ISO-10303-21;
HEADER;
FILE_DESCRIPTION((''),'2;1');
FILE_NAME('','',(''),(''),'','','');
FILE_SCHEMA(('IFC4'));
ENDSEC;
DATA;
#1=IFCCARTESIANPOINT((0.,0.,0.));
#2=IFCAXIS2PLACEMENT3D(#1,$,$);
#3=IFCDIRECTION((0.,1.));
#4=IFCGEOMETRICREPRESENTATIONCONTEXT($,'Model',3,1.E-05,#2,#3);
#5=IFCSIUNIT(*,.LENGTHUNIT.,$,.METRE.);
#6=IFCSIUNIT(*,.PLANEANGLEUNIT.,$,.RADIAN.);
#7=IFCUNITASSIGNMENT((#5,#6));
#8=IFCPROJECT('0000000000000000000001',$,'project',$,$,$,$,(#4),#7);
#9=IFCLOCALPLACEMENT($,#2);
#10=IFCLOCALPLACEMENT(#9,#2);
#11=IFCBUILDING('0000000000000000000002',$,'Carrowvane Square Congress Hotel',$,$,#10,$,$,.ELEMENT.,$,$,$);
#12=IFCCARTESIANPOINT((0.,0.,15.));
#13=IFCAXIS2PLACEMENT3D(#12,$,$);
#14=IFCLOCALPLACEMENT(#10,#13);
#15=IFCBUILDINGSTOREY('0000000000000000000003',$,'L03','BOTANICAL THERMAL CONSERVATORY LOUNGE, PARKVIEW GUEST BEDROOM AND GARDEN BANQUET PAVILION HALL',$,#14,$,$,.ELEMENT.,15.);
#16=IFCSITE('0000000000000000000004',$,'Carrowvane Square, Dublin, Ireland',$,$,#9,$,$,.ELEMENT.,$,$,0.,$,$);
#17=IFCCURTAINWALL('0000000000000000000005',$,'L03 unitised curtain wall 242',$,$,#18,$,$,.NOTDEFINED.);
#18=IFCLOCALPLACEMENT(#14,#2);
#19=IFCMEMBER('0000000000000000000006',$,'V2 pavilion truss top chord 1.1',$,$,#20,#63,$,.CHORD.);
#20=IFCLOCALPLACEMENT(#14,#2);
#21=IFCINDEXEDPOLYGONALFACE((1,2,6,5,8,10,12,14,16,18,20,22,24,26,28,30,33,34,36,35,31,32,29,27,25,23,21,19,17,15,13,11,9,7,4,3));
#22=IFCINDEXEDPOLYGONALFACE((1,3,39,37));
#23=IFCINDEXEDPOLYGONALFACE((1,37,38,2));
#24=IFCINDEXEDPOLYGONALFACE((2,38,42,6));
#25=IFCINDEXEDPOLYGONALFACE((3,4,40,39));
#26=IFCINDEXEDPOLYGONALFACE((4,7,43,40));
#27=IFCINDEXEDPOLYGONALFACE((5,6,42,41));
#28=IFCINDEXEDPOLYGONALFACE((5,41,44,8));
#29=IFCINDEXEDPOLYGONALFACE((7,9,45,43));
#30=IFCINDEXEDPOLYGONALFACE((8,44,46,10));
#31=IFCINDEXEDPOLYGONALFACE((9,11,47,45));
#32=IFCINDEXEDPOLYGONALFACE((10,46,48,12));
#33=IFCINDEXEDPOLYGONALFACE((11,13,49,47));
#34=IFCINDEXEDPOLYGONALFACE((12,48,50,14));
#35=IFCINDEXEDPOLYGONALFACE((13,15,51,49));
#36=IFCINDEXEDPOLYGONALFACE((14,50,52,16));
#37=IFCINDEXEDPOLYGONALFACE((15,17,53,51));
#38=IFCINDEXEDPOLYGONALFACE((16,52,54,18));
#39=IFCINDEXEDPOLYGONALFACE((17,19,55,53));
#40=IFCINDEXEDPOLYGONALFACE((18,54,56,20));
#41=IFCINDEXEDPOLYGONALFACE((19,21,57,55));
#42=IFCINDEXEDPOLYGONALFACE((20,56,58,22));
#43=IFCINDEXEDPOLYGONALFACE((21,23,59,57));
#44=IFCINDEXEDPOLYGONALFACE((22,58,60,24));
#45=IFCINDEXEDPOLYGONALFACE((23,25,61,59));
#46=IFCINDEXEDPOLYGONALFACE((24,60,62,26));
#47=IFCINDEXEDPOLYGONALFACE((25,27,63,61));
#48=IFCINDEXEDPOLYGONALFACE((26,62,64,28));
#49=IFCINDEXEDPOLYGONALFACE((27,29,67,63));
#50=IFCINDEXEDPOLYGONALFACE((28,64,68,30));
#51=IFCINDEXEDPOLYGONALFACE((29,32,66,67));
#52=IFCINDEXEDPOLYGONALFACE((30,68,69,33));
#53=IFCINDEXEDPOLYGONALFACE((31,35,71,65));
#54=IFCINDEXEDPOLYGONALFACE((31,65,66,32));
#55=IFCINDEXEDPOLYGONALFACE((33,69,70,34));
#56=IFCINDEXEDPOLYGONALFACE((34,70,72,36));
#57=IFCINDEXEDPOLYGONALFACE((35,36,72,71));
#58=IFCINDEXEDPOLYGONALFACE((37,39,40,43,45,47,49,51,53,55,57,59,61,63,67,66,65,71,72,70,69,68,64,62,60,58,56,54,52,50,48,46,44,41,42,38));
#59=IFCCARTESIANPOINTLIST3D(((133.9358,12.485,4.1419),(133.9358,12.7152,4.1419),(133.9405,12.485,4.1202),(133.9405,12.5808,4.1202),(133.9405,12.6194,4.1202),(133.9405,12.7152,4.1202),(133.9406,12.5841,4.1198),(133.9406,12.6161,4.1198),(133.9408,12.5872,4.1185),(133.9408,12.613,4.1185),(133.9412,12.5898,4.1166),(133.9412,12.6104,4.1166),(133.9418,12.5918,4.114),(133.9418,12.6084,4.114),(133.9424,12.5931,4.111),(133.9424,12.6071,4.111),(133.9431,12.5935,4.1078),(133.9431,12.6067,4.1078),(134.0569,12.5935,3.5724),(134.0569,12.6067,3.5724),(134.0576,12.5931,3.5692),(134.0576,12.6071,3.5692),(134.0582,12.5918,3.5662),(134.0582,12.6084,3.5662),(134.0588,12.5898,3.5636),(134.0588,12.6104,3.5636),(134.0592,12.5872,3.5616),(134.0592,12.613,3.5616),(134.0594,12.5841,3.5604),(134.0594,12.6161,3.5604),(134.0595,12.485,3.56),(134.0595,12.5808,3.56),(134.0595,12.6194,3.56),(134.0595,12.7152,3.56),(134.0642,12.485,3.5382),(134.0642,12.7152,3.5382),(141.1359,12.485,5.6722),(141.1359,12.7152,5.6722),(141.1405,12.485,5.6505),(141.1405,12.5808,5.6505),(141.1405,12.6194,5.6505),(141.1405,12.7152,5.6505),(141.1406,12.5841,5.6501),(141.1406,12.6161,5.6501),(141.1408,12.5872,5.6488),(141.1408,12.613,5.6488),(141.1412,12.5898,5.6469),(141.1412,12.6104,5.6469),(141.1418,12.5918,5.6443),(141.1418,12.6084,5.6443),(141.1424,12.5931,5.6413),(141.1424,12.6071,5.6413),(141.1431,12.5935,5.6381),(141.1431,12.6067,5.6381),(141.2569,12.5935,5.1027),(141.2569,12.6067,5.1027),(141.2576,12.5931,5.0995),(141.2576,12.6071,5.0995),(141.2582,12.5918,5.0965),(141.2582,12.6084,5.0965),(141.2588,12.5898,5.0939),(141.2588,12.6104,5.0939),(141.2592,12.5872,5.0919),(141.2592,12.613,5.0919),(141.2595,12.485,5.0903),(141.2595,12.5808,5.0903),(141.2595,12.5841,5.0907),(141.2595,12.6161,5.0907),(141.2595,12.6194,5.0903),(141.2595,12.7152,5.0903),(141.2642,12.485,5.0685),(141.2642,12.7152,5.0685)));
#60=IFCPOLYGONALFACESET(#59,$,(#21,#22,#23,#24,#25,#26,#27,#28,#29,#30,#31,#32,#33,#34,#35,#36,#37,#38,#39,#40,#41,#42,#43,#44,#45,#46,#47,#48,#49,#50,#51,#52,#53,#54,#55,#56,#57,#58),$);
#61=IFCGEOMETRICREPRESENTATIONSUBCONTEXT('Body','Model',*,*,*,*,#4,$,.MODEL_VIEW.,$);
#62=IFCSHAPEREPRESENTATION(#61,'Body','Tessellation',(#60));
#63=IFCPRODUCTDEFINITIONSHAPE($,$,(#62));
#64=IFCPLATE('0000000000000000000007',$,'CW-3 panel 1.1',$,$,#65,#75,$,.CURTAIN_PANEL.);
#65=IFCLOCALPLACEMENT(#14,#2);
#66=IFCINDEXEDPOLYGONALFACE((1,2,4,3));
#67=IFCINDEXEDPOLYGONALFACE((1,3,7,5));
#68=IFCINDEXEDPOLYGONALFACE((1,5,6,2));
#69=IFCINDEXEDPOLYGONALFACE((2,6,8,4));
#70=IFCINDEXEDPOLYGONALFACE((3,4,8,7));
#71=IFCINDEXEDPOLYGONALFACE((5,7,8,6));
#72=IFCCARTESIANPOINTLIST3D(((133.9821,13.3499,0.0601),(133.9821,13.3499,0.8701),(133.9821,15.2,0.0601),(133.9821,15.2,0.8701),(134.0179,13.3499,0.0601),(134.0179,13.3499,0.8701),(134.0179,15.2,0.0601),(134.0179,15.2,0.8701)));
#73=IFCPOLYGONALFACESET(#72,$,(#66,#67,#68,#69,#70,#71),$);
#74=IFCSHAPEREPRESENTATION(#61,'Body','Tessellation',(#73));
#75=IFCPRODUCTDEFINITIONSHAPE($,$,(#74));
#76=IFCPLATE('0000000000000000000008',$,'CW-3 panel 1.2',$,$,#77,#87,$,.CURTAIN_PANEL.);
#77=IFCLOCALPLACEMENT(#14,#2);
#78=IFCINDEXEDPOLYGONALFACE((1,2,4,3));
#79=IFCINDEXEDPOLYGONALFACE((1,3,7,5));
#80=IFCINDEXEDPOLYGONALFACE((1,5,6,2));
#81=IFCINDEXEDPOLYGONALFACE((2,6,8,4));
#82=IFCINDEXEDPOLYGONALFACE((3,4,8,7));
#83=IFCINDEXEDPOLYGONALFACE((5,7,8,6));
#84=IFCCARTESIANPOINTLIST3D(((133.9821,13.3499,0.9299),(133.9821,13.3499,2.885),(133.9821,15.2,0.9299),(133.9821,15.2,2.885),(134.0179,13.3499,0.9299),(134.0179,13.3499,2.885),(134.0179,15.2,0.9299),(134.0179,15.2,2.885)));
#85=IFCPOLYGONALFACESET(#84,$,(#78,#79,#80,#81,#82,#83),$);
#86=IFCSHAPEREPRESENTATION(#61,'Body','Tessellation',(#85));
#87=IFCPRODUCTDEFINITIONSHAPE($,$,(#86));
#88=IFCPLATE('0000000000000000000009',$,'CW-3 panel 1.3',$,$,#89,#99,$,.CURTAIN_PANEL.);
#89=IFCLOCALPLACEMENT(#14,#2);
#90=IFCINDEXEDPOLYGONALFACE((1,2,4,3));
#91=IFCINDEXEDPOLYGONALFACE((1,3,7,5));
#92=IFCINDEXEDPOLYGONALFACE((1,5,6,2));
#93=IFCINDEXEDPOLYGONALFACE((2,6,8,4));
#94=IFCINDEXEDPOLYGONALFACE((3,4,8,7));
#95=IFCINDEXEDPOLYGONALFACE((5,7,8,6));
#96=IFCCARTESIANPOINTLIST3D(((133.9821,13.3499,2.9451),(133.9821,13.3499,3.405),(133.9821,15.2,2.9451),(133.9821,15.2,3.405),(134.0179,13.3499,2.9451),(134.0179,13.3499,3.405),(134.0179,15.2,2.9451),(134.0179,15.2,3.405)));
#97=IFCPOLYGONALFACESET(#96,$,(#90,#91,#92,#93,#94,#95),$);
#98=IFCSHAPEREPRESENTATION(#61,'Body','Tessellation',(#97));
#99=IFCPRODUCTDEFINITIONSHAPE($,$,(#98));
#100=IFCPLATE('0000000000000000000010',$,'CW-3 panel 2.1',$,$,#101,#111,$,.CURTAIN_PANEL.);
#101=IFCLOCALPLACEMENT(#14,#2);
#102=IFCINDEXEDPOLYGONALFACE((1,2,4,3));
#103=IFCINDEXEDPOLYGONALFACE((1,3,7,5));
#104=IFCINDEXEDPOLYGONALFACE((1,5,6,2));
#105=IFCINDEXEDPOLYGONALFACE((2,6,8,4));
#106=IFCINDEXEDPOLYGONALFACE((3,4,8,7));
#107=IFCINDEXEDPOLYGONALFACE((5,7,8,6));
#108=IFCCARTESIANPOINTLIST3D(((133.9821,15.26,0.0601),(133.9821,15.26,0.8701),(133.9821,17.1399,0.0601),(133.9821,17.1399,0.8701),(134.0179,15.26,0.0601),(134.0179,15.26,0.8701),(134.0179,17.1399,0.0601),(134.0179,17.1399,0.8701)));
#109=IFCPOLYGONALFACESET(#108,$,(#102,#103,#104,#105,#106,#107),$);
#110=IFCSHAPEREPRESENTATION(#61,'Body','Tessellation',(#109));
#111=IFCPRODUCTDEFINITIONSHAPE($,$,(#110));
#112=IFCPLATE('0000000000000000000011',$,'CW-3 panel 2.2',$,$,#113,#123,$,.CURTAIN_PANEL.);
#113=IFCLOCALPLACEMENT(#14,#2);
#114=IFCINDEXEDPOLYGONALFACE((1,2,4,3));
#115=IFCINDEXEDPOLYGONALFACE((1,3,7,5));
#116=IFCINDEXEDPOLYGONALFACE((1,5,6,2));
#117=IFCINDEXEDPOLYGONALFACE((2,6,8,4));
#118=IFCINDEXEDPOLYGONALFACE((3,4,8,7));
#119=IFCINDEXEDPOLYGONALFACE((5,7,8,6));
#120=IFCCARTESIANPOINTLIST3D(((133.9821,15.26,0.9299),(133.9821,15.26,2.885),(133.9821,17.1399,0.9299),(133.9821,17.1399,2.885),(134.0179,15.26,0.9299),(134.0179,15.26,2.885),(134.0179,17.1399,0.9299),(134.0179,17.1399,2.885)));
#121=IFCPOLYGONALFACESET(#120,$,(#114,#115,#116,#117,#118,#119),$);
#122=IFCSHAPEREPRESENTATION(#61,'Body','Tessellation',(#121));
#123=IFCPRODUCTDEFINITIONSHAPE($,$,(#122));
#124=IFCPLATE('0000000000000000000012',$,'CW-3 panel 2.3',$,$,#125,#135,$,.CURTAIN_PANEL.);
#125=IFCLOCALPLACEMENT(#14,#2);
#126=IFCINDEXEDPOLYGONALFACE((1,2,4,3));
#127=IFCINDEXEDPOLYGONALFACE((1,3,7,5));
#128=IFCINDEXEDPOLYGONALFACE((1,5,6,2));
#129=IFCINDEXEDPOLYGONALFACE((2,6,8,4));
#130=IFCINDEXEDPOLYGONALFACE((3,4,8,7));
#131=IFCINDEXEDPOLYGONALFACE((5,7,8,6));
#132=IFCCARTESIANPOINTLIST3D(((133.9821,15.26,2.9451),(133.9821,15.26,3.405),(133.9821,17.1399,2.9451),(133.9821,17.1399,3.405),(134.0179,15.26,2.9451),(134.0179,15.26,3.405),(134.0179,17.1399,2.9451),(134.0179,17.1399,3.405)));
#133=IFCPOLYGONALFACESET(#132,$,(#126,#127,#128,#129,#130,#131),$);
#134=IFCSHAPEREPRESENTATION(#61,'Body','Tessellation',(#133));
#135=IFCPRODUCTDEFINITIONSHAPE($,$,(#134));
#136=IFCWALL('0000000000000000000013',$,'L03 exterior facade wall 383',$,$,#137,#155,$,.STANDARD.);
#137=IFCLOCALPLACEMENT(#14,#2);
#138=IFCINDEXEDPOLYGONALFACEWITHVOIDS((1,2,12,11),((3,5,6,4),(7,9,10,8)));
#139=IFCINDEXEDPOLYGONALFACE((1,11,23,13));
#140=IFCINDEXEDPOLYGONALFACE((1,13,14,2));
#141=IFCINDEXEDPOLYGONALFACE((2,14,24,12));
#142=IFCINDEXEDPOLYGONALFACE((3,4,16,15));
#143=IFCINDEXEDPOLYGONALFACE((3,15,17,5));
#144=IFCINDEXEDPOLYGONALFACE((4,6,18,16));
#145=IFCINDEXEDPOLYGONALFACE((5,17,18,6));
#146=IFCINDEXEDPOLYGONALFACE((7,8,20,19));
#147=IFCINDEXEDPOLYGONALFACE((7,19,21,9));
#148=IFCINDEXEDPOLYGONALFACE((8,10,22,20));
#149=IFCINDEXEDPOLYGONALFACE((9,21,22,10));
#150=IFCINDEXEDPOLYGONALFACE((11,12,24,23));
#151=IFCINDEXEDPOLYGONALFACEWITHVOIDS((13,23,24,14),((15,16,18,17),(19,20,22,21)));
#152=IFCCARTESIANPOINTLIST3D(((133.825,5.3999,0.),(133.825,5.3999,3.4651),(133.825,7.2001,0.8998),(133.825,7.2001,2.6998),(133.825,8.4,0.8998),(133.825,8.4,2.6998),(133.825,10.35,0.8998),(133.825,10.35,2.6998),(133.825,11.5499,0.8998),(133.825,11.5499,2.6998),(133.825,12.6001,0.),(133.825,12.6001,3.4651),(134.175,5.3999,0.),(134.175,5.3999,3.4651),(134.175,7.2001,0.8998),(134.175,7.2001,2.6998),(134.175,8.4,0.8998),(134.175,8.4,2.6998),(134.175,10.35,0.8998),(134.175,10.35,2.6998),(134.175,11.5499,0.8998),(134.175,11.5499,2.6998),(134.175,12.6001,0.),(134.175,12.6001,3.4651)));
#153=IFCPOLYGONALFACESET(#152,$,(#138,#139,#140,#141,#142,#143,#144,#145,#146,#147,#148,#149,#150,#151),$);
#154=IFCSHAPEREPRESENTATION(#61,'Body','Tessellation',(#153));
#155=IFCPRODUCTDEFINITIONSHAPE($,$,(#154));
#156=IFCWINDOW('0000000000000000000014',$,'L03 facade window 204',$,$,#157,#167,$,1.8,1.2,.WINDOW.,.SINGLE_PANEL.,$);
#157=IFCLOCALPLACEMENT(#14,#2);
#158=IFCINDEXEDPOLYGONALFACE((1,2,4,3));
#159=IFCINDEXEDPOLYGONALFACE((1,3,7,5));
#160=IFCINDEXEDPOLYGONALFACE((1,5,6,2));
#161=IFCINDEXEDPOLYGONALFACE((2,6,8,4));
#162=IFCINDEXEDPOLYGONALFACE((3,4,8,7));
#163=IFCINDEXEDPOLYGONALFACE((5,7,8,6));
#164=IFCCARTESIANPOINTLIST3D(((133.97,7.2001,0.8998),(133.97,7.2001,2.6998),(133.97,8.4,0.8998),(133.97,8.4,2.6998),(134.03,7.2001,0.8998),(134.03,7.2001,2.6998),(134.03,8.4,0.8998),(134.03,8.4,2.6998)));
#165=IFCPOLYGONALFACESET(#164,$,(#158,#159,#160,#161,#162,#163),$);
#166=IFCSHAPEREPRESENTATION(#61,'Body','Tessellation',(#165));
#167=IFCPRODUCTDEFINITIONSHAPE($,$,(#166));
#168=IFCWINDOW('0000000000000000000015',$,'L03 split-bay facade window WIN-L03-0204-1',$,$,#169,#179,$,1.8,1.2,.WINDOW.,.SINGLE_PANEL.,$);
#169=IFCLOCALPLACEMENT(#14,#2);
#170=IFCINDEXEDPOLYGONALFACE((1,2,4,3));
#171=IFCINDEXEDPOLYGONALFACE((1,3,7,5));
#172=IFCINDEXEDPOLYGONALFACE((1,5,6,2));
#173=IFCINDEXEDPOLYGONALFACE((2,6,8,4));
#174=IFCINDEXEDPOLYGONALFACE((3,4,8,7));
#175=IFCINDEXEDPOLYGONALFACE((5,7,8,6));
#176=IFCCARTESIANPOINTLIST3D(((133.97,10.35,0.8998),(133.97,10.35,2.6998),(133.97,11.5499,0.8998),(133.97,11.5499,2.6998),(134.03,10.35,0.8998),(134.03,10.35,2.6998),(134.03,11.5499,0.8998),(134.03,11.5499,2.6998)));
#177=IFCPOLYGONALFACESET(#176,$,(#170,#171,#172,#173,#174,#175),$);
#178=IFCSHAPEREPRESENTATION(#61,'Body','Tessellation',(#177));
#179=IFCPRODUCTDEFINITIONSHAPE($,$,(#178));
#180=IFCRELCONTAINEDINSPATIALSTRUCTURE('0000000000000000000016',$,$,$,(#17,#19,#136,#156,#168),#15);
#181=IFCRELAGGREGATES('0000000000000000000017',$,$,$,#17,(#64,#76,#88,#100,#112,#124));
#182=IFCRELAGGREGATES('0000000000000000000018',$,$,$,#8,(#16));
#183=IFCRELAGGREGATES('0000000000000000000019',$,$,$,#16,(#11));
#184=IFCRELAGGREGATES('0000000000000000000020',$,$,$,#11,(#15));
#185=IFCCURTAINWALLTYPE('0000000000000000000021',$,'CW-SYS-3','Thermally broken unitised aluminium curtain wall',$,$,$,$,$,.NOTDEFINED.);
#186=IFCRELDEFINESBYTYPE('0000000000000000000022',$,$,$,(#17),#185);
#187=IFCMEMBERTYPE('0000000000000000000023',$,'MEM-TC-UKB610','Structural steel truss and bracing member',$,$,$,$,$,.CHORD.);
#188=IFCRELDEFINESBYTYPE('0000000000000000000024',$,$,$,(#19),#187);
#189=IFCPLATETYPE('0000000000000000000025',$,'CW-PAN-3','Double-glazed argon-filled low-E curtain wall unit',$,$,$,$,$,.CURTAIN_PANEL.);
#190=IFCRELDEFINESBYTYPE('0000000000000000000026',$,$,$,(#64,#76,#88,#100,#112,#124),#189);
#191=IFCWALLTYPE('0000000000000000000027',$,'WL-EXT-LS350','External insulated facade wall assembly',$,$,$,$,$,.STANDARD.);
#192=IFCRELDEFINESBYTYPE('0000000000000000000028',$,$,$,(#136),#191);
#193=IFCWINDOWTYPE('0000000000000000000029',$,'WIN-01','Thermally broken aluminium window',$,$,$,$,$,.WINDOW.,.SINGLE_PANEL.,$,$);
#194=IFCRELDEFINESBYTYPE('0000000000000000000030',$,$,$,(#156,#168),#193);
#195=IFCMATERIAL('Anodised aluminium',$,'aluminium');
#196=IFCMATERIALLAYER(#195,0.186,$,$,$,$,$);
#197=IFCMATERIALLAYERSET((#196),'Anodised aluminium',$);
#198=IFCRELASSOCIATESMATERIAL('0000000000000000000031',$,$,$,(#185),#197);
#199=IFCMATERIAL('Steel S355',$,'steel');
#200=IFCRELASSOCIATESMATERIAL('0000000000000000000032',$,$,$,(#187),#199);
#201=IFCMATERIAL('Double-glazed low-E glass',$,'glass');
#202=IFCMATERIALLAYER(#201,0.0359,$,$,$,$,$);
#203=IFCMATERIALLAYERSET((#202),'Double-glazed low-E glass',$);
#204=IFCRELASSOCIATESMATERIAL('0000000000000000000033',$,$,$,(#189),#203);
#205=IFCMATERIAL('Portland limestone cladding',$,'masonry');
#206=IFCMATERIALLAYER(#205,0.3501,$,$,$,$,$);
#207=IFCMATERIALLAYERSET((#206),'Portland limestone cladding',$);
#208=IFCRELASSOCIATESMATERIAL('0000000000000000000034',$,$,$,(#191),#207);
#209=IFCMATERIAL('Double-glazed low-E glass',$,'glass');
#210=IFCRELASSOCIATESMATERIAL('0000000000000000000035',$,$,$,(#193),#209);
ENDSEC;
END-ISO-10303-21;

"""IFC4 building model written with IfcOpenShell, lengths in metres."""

from ifc_helpers import new_model, si_unit, direction, frame, frame_2d, origin, origin_2d, place, context, subcontext, project, spatial, rectangle, i_section, extrude, material, layer, layer_set, material_profile, profile_set, type_object, element, fill, aggregate, save


model = new_model("IFC4")

# Units and contexts
model_context = context("Model", 3, precision=1e-05, world=origin(), true_north=direction((0.0, 1.0)))
body_context = subcontext(model_context, "Body", "Model", "MODEL_VIEW")
ifc_project = project(units=[si_unit("LENGTHUNIT", "METRE"), si_unit("PLANEANGLEUNIT", "RADIAN")], contexts=[model_context])

# Site, building, storey
site_placement = place(None, origin())
site = spatial("IfcSite", under=ifc_project, at=site_placement, Name="Carrowvane Square, Dublin, Ireland", CompositionType="ELEMENT", RefElevation=0.0)
building_placement = place(site_placement, origin())
building = spatial("IfcBuilding", under=site, at=building_placement, Name="Carrowvane Square Congress Hotel", CompositionType="ELEMENT")
storey_placement = place(building_placement, frame((0.0, 0.0, 15.0)))
storey = spatial("IfcBuildingStorey", under=building, at=storey_placement, Name="L03", Description="BOTANICAL THERMAL CONSERVATORY LOUNGE, PARKVIEW GUEST BEDROOM AND GARDEN BANQUET PAVILION HALL", CompositionType="ELEMENT", Elevation=15.0)

# Curtain wall
ifc_material_1 = material(Name="Anodised aluminium", Category="aluminium")
ifc_layer_1 = layer(ifc_material_1, 0.186)
ifc_layer_set_1 = layer_set([ifc_layer_1], Name="Anodised aluminium")
curtain_wall_type = type_object("IfcCurtainWallType", Name="CW-SYS-3", Description="Thermally broken unitised aluminium curtain wall", PredefinedType="NOTDEFINED", material=ifc_layer_set_1)
curtain_wall_placement = place(storey_placement, origin())
curtain_wall = element("IfcCurtainWall", 1, at=curtain_wall_placement, inside=storey, type_object=curtain_wall_type, Name="L03 unitised curtain wall 242", PredefinedType="NOTDEFINED")

# Member
ifc_material_2 = material(Name="Steel S355", Category="steel")
ifc_material_profile_1 = material_profile(ifc_material_2, i_section(OverallWidth=0.2302, OverallDepth=0.6172, WebThickness=0.0132, FlangeThickness=0.0222, FilletRadius=0.0127, at=origin_2d()), Name="UKB 610x229x140")
ifc_profile_set_1 = profile_set([ifc_material_profile_1], Name="Steel S355")
member_type_1 = type_object("IfcMemberType", Name="MEM-TC-UKB610", Description="Structural steel truss and bracing member", PredefinedType="CHORD", material=ifc_profile_set_1)
member_1_placement = place(storey_placement, frame((134.0, 12.6001, 3.8401), z_axis=(0.978151, 0.0, 0.207896), x_axis=(0.0, 1.0, 0.0)))
element("IfcMember", 2, at=member_1_placement, inside=storey, type_object=member_type_1, Name="V2 pavilion truss top chord 1.1", PredefinedType="CHORD", context=body_context, shape_type="SweptSolid", body=[
    extrude(i_section(OverallWidth=0.2302, OverallDepth=0.6172, WebThickness=0.0132, FlangeThickness=0.0222, FilletRadius=0.0127, at=origin_2d()), origin(), (0.0, 0.0, 1.0), 7.3608),
])

# Plates
ifc_material_3 = material(Name="Double-glazed low-E glass", Category="glass")
ifc_layer_2 = layer(ifc_material_3, 0.0359)
ifc_layer_set_2 = layer_set([ifc_layer_2], Name="Double-glazed low-E glass")
plate_type = type_object("IfcPlateType", Name="CW-PAN-3", Description="Double-glazed argon-filled low-E curtain wall unit", PredefinedType="CURTAIN_PANEL", material=ifc_layer_set_2)
plate_1_placement = place(storey_placement, frame((134.0, 14.2749, 0.0601), z_axis=(0.0, 0.0, 1.0), x_axis=(0.0, 1.0, 0.0)))
plate_1 = element("IfcPlate", 3, at=plate_1_placement, type_object=plate_type, Name="CW-3 panel 1.1", PredefinedType="CURTAIN_PANEL", context=body_context, shape_type="SweptSolid", body=[
    extrude(rectangle(XDim=1.8501, YDim=0.0359, at=origin_2d()), origin(), (0.0, 0.0, 1.0), 0.8101),
])
plate_2_placement = place(storey_placement, frame((134.0, 14.2749, 0.9299), z_axis=(0.0, 0.0, 1.0), x_axis=(0.0, 1.0, 0.0)))
plate_2 = element("IfcPlate", 4, at=plate_2_placement, type_object=plate_type, Name="CW-3 panel 1.2", PredefinedType="CURTAIN_PANEL", context=body_context, shape_type="SweptSolid", body=[
    extrude(rectangle(XDim=1.8501, YDim=0.0359, at=origin_2d()), origin(), (0.0, 0.0, 1.0), 1.9551),
])
plate_3_placement = place(storey_placement, frame((134.0, 14.2749, 2.9451), z_axis=(0.0, 0.0, 1.0), x_axis=(0.0, 1.0, 0.0)))
plate_3 = element("IfcPlate", 5, at=plate_3_placement, type_object=plate_type, Name="CW-3 panel 1.3", PredefinedType="CURTAIN_PANEL", context=body_context, shape_type="SweptSolid", body=[
    extrude(rectangle(XDim=1.8501, YDim=0.0359, at=origin_2d()), origin(), (0.0, 0.0, 1.0), 0.46),
])
plate_4_placement = place(storey_placement, frame((134.0, 16.2, 0.0601), z_axis=(0.0, 0.0, 1.0), x_axis=(0.0, 1.0, 0.0)))
plate_4 = element("IfcPlate", 6, at=plate_4_placement, type_object=plate_type, Name="CW-3 panel 2.1", PredefinedType="CURTAIN_PANEL", context=body_context, shape_type="SweptSolid", body=[
    extrude(rectangle(XDim=1.8799, YDim=0.0359, at=origin_2d()), origin(), (0.0, 0.0, 1.0), 0.8101),
])
plate_5_placement = place(storey_placement, frame((134.0, 16.2, 0.9299), z_axis=(0.0, 0.0, 1.0), x_axis=(0.0, 1.0, 0.0)))
plate_5 = element("IfcPlate", 7, at=plate_5_placement, type_object=plate_type, Name="CW-3 panel 2.2", PredefinedType="CURTAIN_PANEL", context=body_context, shape_type="SweptSolid", body=[
    extrude(rectangle(XDim=1.8799, YDim=0.0359, at=origin_2d()), origin(), (0.0, 0.0, 1.0), 1.9551),
])
plate_6_placement = place(storey_placement, frame((134.0, 16.2, 2.9451), z_axis=(0.0, 0.0, 1.0), x_axis=(0.0, 1.0, 0.0)))
plate_6 = element("IfcPlate", 8, at=plate_6_placement, type_object=plate_type, Name="CW-3 panel 2.3", PredefinedType="CURTAIN_PANEL", context=body_context, shape_type="SweptSolid", body=[
    extrude(rectangle(XDim=1.8799, YDim=0.0359, at=origin_2d()), origin(), (0.0, 0.0, 1.0), 0.46),
])
aggregate(curtain_wall, [plate_1, plate_2, plate_3, plate_4, plate_5, plate_6])

# Wall, openings, windows
ifc_material_4 = material(Name="Portland limestone cladding", Category="masonry")
ifc_layer_3 = layer(ifc_material_4, 0.3501)
ifc_layer_set_3 = layer_set([ifc_layer_3], Name="Portland limestone cladding")
wall_type = type_object("IfcWallType", Name="WL-EXT-LS350", Description="External insulated facade wall assembly", PredefinedType="STANDARD", material=ifc_layer_set_3)
wall_placement = place(storey_placement, frame((134.0, 5.3999, 0.0), z_axis=(0.0, 0.0, 1.0), x_axis=(0.0, 1.0, 0.0)))
wall = element("IfcWall", 9, at=wall_placement, inside=storey, type_object=wall_type, Name="L03 exterior facade wall 383", PredefinedType="STANDARD", context=body_context, shape_type="SweptSolid", body=[
    extrude(rectangle(XDim=7.2002, YDim=0.3501, at=frame_2d((3.6001, 0.0))), origin(), (0.0, 0.0, 1.0), 3.4651),
])
opening_1_placement = place(wall_placement, frame((1.8, 0.0, 0.8999)))
opening_1 = element("IfcOpeningElement", 10, at=opening_1_placement, cuts=wall, PredefinedType="OPENING", context=body_context, shape_type="SweptSolid", body=[
    extrude(rectangle(XDim=1.2, YDim=1.8, at=frame_2d((0.6001, 0.8999))), frame((0.0, 0.1851, 0.0), z_axis=(0.0, -1.0, 0.0), x_axis=(1.0, 0.0, 0.0)), (0.0, 0.0, 1.0), 0.3701),
])
opening_2_placement = place(wall_placement, frame((4.95, 0.0, 0.8999)))
opening_2 = element("IfcOpeningElement", 11, at=opening_2_placement, cuts=wall, PredefinedType="OPENING", context=body_context, shape_type="SweptSolid", body=[
    extrude(rectangle(XDim=1.2, YDim=1.8, at=frame_2d((0.6001, 0.8999))), frame((0.0, 0.1851, 0.0), z_axis=(0.0, -1.0, 0.0), x_axis=(1.0, 0.0, 0.0)), (0.0, 0.0, 1.0), 0.3701),
])
ifc_material_5 = material(Name="Double-glazed low-E glass", Category="glass")
window_type = type_object("IfcWindowType", Name="WIN-01", Description="Thermally broken aluminium window", PartitioningType="SINGLE_PANEL", PredefinedType="WINDOW", material=ifc_material_5)
window_1_placement = place(opening_1_placement, origin())
window_1 = element("IfcWindow", 12, at=window_1_placement, inside=storey, type_object=window_type, Name="L03 facade window 204", OverallHeight=1.8, OverallWidth=1.2, PartitioningType="SINGLE_PANEL", PredefinedType="WINDOW", context=body_context, shape_type="SweptSolid", body=[
    extrude(rectangle(XDim=1.2, YDim=1.8, at=frame_2d((0.6001, 0.8999))), frame((0.0, 0.03, 0.0), z_axis=(0.0, -1.0, 0.0), x_axis=(1.0, 0.0, 0.0)), (0.0, 0.0, 1.0), 0.0601),
])
fill(opening_1, window_1)
window_2_placement = place(opening_2_placement, origin())
window_2 = element("IfcWindow", 13, at=window_2_placement, inside=storey, type_object=window_type, Name="L03 split-bay facade window WIN-L03-0204-1", OverallHeight=1.8, OverallWidth=1.2, PartitioningType="SINGLE_PANEL", PredefinedType="WINDOW", context=body_context, shape_type="SweptSolid", body=[
    extrude(rectangle(XDim=1.2, YDim=1.8, at=frame_2d((0.6001, 0.8999))), frame((0.0, 0.03, 0.0), z_axis=(0.0, -1.0, 0.0), x_axis=(1.0, 0.0, 0.0)), (0.0, 0.0, 1.0), 0.0601),
])
fill(opening_2, window_2)

save(model, "model.ifc")
